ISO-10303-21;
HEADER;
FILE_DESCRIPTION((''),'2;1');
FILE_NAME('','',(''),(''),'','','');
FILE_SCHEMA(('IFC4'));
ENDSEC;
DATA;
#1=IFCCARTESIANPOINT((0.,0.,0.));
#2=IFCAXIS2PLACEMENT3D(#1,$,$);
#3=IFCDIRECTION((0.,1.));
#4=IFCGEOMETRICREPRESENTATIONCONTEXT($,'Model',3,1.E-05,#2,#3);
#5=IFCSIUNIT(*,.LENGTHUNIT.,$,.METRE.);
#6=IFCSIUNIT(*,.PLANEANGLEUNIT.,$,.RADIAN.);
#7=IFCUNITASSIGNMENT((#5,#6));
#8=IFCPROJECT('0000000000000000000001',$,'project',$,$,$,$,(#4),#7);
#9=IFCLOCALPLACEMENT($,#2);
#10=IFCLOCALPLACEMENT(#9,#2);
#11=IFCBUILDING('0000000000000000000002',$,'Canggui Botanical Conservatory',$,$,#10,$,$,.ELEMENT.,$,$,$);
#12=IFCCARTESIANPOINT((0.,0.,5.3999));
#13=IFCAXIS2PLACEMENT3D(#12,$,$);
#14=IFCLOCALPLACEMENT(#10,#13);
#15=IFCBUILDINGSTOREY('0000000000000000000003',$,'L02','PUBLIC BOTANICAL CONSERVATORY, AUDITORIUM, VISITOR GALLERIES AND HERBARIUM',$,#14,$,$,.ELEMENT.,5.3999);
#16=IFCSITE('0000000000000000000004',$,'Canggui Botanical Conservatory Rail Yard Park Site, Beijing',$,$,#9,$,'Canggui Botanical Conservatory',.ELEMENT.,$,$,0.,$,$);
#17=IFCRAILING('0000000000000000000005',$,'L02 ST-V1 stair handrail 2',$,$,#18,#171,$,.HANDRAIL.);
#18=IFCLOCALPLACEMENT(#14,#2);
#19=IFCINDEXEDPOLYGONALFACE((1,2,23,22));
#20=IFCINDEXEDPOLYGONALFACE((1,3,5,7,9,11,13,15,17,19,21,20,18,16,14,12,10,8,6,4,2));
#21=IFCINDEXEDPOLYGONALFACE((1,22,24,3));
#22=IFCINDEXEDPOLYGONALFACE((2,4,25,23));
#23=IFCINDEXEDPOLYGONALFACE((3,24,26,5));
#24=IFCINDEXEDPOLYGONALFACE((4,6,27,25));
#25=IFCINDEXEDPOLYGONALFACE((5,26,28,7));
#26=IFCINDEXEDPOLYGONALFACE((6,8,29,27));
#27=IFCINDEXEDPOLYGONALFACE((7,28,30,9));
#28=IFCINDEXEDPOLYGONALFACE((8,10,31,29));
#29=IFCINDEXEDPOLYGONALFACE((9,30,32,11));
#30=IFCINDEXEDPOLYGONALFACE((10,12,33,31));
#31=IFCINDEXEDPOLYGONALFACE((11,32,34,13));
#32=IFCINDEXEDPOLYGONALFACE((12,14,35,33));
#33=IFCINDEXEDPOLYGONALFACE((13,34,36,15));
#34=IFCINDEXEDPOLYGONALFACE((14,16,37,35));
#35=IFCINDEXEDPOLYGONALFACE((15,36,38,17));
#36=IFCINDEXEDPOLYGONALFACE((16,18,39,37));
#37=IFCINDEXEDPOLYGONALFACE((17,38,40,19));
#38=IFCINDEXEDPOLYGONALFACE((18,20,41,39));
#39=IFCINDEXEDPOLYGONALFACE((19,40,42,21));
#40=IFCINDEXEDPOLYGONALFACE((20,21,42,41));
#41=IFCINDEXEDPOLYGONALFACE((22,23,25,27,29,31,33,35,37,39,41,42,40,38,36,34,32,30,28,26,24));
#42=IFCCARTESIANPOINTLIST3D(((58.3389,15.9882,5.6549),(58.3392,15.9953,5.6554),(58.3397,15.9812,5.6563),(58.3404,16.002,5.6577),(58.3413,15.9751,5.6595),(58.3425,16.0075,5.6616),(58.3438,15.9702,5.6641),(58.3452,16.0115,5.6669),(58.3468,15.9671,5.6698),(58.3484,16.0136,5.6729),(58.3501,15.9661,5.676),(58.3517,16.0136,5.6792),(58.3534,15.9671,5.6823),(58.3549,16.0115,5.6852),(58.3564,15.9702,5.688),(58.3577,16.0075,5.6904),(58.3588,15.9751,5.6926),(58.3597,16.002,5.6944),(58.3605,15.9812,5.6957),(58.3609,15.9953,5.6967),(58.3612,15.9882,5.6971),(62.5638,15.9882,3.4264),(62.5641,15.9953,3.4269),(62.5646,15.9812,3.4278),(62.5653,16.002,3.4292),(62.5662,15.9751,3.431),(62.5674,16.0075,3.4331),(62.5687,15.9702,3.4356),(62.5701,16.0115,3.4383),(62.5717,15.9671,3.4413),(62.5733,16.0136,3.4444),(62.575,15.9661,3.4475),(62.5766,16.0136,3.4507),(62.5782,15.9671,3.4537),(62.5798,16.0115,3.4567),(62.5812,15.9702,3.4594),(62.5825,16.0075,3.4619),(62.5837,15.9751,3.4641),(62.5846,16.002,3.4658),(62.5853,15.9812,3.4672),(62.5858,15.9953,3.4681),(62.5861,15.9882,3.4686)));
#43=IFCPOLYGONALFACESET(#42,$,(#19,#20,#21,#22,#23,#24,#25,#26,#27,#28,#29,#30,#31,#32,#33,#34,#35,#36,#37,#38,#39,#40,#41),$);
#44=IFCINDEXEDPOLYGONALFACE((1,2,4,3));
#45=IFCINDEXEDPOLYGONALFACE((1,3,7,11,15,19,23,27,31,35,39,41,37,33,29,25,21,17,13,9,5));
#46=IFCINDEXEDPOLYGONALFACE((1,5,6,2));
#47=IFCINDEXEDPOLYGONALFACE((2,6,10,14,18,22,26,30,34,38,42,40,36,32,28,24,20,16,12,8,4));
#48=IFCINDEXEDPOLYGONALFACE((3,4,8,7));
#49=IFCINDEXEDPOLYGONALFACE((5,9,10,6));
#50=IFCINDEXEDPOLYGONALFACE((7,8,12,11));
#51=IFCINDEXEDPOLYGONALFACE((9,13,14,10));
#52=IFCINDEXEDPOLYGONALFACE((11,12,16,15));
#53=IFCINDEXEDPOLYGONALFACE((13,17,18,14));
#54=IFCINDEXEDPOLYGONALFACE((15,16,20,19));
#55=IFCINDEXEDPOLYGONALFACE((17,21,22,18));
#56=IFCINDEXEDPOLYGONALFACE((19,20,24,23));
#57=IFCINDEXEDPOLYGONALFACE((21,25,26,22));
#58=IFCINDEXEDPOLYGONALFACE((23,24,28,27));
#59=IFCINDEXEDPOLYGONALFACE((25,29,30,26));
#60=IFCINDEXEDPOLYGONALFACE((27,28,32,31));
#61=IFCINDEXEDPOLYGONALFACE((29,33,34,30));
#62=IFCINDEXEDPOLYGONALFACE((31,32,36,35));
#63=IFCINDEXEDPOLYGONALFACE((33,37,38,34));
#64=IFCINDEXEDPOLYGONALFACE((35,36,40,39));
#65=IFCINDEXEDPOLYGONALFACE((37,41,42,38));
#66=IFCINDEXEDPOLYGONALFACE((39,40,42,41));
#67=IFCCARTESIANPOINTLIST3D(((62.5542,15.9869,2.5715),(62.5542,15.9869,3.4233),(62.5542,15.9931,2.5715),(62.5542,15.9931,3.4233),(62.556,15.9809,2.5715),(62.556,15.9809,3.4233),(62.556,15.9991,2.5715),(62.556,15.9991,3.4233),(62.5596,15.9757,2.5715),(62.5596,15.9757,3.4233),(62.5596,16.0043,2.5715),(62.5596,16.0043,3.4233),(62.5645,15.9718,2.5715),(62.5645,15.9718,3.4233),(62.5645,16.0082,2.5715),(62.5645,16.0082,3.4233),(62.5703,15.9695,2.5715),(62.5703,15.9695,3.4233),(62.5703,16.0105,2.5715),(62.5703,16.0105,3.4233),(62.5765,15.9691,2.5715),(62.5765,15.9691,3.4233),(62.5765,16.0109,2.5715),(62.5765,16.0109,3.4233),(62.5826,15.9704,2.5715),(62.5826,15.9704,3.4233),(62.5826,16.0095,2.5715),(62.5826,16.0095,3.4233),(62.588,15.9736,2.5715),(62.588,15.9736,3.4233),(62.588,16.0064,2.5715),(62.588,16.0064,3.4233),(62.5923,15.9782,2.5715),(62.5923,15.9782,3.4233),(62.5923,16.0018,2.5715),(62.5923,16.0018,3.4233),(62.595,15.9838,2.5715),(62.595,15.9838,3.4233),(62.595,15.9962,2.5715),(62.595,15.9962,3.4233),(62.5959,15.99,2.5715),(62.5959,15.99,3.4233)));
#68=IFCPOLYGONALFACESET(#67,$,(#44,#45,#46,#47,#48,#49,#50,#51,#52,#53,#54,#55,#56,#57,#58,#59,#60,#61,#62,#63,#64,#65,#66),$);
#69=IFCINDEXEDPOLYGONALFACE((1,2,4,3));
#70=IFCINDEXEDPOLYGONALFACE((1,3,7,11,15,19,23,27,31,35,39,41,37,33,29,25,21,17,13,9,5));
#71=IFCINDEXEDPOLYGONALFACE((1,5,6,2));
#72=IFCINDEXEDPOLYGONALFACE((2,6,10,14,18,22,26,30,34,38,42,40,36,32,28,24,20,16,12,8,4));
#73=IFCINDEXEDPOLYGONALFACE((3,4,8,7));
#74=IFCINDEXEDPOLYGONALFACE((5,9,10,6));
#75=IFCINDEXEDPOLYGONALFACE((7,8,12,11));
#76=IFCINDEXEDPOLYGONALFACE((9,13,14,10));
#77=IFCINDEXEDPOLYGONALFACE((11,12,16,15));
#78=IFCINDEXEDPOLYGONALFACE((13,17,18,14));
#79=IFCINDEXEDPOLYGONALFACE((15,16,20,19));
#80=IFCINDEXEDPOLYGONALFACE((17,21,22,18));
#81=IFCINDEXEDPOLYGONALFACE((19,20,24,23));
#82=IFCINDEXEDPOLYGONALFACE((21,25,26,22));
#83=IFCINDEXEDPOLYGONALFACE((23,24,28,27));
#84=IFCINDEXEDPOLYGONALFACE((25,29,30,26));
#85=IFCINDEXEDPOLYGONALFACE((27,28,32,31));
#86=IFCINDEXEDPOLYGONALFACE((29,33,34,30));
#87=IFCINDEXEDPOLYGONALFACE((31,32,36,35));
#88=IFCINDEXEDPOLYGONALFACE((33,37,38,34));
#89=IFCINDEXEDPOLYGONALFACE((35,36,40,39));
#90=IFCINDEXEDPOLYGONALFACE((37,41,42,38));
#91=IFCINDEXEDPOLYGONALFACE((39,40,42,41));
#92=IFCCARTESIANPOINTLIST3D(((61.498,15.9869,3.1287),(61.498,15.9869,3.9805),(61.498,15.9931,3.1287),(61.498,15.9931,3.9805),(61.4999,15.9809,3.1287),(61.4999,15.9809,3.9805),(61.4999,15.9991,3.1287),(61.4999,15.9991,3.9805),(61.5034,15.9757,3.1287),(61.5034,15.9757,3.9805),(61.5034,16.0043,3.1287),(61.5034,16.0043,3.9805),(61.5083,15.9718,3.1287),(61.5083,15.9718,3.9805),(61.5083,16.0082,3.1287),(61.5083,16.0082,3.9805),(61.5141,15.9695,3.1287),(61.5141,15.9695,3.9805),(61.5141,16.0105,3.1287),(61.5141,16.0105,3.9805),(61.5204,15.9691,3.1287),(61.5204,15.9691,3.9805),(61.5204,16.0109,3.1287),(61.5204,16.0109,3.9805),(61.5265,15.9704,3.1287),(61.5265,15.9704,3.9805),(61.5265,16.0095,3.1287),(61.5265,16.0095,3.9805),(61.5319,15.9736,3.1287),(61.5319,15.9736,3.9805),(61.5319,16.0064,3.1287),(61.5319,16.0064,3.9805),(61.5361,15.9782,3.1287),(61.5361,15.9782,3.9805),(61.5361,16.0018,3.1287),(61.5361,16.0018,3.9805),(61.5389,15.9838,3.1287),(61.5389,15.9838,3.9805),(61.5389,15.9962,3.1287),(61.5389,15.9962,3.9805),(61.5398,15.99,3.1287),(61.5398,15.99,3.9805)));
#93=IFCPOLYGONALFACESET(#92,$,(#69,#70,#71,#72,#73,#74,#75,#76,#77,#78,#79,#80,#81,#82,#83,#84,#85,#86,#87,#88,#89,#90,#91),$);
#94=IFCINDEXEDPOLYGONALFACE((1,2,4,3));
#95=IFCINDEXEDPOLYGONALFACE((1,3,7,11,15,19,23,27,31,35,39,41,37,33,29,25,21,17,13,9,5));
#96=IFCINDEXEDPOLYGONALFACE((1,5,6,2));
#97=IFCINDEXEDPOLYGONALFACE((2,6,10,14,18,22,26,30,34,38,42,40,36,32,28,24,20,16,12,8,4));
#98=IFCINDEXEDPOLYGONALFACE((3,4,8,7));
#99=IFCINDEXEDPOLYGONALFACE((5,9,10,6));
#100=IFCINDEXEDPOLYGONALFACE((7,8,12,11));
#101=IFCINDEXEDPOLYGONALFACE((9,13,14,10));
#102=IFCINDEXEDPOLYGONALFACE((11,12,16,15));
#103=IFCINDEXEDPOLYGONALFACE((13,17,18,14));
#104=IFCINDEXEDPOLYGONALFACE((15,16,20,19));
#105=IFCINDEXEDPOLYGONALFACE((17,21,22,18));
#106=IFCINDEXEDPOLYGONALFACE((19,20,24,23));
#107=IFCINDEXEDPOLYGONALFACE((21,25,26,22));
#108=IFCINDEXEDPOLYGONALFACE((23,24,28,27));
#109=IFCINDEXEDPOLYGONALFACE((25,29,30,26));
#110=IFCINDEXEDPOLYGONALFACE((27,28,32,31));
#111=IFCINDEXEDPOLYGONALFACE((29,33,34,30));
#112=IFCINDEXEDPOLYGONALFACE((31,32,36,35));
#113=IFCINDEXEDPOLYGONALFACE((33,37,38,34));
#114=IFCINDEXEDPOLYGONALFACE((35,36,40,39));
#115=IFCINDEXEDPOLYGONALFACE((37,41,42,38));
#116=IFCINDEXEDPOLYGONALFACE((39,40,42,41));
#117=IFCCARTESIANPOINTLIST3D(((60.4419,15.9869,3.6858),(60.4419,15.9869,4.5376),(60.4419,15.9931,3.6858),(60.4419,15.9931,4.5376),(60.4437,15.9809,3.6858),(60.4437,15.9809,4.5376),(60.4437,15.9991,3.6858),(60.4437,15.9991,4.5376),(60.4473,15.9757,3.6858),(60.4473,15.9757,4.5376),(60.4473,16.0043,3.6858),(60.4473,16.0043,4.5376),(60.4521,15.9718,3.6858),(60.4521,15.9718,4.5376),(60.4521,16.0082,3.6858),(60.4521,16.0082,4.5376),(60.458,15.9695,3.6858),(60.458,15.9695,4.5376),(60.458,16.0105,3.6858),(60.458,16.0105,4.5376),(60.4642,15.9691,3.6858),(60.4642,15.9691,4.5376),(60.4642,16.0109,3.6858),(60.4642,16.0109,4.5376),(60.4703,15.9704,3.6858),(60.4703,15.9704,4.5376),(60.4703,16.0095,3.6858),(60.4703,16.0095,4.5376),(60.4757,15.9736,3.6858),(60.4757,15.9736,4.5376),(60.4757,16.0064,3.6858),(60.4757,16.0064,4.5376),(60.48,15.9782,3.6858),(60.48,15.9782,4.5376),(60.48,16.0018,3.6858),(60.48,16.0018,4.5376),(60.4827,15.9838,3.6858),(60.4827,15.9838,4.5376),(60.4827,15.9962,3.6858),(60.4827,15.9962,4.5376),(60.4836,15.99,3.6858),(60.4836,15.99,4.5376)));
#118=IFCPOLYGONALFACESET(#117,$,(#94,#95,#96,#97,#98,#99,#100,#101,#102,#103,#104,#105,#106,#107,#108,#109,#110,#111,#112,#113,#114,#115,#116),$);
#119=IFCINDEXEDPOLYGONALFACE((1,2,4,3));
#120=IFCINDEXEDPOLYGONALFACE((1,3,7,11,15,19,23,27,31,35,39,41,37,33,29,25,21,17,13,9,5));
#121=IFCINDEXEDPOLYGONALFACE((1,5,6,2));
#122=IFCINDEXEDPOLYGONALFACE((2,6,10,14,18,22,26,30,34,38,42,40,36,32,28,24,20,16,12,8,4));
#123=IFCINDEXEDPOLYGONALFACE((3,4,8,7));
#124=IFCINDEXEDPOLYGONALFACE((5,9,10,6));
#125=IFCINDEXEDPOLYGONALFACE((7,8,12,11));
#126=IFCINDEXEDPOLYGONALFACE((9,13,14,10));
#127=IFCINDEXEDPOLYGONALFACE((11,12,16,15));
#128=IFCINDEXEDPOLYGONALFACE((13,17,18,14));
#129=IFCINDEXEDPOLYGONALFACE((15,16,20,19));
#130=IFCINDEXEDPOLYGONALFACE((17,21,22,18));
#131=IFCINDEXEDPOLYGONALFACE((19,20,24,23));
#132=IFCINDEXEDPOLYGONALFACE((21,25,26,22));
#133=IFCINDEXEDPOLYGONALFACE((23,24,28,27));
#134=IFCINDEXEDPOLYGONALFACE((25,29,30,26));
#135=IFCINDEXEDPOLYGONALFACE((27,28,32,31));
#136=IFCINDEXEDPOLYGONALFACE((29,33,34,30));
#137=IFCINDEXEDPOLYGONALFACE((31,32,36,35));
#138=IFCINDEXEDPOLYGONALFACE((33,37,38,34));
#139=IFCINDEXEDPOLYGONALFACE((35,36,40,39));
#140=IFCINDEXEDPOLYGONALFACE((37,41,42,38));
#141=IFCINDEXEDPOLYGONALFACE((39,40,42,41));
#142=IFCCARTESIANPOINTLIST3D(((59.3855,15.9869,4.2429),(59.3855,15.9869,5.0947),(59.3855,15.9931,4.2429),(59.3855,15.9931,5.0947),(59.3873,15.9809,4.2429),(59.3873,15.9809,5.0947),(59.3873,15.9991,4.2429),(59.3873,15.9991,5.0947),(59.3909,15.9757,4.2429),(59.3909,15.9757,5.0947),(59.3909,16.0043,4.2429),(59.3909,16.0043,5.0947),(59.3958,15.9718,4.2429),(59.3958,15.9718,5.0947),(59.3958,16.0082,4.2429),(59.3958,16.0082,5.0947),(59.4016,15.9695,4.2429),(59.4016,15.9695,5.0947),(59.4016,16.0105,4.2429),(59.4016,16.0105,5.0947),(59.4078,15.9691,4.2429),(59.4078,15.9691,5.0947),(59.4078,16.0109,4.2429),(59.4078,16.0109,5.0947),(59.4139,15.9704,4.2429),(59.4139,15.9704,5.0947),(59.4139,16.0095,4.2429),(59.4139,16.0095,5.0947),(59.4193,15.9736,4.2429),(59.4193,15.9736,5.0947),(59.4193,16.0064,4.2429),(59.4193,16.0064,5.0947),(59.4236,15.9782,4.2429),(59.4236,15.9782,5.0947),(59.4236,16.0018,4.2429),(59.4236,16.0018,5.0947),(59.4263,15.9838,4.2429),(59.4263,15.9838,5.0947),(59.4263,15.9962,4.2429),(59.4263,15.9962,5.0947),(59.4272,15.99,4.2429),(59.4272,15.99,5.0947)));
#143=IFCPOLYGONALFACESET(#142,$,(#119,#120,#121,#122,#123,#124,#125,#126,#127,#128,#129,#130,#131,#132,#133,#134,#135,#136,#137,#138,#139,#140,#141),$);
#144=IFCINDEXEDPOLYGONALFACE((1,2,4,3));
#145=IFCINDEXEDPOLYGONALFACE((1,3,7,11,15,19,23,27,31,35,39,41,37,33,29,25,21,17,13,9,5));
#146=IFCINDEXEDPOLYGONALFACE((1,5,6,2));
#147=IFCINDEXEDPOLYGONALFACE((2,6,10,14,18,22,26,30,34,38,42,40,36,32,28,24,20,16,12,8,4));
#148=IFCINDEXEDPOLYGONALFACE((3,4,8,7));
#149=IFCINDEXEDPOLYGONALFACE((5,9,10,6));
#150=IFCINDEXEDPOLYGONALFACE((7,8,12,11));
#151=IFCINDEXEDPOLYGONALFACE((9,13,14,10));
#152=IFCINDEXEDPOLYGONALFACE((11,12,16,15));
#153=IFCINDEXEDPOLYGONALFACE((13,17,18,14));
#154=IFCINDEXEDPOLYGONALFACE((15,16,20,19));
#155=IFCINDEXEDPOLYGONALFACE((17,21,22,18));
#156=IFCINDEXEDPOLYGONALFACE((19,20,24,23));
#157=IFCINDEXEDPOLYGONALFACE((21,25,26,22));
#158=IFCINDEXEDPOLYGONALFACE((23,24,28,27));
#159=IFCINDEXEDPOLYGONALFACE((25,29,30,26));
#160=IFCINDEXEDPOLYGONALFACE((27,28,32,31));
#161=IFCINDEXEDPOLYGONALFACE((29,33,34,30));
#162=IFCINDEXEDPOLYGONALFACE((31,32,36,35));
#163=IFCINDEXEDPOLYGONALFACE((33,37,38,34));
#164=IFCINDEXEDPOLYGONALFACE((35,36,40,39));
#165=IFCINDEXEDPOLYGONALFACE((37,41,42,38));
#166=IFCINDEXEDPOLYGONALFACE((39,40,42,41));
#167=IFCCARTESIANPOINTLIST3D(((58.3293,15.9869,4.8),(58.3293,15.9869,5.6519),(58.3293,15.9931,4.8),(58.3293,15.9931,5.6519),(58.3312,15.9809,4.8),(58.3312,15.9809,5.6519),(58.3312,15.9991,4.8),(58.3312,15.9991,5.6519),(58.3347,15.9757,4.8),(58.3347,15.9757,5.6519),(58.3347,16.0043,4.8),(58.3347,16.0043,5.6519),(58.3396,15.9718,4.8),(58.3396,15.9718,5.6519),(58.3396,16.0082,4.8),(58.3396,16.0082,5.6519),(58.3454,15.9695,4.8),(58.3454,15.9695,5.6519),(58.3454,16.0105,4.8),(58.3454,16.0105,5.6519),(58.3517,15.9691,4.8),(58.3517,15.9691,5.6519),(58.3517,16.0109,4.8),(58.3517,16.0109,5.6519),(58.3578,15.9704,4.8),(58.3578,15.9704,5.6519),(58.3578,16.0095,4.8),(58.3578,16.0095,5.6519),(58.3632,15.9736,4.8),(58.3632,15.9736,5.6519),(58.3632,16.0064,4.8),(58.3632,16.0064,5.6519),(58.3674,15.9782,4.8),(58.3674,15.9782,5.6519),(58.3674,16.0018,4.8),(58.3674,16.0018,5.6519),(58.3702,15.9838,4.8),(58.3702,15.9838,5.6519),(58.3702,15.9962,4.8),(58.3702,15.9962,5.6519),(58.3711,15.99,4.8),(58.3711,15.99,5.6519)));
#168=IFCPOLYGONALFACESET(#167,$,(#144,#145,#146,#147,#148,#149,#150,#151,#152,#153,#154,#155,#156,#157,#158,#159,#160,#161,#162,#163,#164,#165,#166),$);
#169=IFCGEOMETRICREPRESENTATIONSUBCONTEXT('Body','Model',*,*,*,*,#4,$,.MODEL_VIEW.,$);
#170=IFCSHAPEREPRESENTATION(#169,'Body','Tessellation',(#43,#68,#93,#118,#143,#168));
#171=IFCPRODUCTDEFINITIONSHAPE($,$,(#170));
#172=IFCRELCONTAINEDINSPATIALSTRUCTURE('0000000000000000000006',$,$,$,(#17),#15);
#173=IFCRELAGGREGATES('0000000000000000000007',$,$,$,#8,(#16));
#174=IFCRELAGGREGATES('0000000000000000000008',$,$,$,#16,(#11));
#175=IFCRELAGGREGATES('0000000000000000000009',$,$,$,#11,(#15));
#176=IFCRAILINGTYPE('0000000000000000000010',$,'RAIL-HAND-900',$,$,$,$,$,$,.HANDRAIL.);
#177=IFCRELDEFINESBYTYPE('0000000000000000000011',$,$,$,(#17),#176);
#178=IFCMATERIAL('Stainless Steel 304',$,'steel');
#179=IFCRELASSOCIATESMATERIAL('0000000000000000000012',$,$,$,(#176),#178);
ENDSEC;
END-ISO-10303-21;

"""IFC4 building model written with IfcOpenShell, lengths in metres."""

from ifc_helpers import new_model, si_unit, direction, frame, origin, origin_2d, place, context, subcontext, project, spatial, circle, extrude, material, type_object, element, save


model = new_model("IFC4")

# Units and contexts
model_context = context("Model", 3, precision=1e-05, world=origin(), true_north=direction((0.0, 1.0)))
body_context = subcontext(model_context, "Body", "Model", "MODEL_VIEW")
ifc_project = project(units=[si_unit("LENGTHUNIT", "METRE"), si_unit("PLANEANGLEUNIT", "RADIAN")], contexts=[model_context])

# Site, building, storey
site_placement = place(None, origin())
site = spatial("IfcSite", under=ifc_project, at=site_placement, Name="Canggui Botanical Conservatory Rail Yard Park Site, Beijing", LongName="Canggui Botanical Conservatory", CompositionType="ELEMENT", RefElevation=0.0)
building_placement = place(site_placement, origin())
building = spatial("IfcBuilding", under=site, at=building_placement, Name="Canggui Botanical Conservatory", CompositionType="ELEMENT")
storey_placement = place(building_placement, frame((0.0, 0.0, 5.3999)))
storey = spatial("IfcBuildingStorey", under=building, at=storey_placement, Name="L02", Description="PUBLIC BOTANICAL CONSERVATORY, AUDITORIUM, VISITOR GALLERIES AND HERBARIUM", CompositionType="ELEMENT", Elevation=5.3999)

# Railing
ifc_material_1 = material(Name="Stainless Steel 304", Category="steel")
railing_type_1 = type_object("IfcRailingType", Name="RAIL-HAND-900", PredefinedType="HANDRAIL", material=ifc_material_1)
railing_1_placement = place(storey_placement, frame((62.575, 15.99, 2.5715)))
element("IfcRailing", 1, at=railing_1_placement, inside=storey, type_object=railing_type_1, Name="L02 ST-V1 stair handrail 2", PredefinedType="HANDRAIL", context=body_context, shape_type="SweptSolid", body=[
    extrude(circle(Radius=0.0239, at=origin_2d()), frame((0.0, 0.0, 0.876), z_axis=(-0.884494, 0.0, 0.466551), x_axis=(0.0, -1.0, 0.0)), (0.0, 0.0, 1.0), 4.7766),
    extrude(circle(Radius=0.021, at=origin_2d()), origin(), (0.0, 0.0, 1.0), 0.8518),
    extrude(circle(Radius=0.021, at=origin_2d()), frame((-1.0562, 0.0, 0.5571)), (0.0, 0.0, 1.0), 0.8518),
    extrude(circle(Radius=0.021, at=origin_2d()), frame((-2.1123, 0.0, 1.1143)), (0.0, 0.0, 1.0), 0.8518),
    extrude(circle(Radius=0.021, at=origin_2d()), frame((-3.1687, 0.0, 1.6714)), (0.0, 0.0, 1.0), 0.8518),
    extrude(circle(Radius=0.021, at=origin_2d()), frame((-4.2249, 0.0, 2.2285)), (0.0, 0.0, 1.0), 0.8518),
])

save(model, "model.ifc")
